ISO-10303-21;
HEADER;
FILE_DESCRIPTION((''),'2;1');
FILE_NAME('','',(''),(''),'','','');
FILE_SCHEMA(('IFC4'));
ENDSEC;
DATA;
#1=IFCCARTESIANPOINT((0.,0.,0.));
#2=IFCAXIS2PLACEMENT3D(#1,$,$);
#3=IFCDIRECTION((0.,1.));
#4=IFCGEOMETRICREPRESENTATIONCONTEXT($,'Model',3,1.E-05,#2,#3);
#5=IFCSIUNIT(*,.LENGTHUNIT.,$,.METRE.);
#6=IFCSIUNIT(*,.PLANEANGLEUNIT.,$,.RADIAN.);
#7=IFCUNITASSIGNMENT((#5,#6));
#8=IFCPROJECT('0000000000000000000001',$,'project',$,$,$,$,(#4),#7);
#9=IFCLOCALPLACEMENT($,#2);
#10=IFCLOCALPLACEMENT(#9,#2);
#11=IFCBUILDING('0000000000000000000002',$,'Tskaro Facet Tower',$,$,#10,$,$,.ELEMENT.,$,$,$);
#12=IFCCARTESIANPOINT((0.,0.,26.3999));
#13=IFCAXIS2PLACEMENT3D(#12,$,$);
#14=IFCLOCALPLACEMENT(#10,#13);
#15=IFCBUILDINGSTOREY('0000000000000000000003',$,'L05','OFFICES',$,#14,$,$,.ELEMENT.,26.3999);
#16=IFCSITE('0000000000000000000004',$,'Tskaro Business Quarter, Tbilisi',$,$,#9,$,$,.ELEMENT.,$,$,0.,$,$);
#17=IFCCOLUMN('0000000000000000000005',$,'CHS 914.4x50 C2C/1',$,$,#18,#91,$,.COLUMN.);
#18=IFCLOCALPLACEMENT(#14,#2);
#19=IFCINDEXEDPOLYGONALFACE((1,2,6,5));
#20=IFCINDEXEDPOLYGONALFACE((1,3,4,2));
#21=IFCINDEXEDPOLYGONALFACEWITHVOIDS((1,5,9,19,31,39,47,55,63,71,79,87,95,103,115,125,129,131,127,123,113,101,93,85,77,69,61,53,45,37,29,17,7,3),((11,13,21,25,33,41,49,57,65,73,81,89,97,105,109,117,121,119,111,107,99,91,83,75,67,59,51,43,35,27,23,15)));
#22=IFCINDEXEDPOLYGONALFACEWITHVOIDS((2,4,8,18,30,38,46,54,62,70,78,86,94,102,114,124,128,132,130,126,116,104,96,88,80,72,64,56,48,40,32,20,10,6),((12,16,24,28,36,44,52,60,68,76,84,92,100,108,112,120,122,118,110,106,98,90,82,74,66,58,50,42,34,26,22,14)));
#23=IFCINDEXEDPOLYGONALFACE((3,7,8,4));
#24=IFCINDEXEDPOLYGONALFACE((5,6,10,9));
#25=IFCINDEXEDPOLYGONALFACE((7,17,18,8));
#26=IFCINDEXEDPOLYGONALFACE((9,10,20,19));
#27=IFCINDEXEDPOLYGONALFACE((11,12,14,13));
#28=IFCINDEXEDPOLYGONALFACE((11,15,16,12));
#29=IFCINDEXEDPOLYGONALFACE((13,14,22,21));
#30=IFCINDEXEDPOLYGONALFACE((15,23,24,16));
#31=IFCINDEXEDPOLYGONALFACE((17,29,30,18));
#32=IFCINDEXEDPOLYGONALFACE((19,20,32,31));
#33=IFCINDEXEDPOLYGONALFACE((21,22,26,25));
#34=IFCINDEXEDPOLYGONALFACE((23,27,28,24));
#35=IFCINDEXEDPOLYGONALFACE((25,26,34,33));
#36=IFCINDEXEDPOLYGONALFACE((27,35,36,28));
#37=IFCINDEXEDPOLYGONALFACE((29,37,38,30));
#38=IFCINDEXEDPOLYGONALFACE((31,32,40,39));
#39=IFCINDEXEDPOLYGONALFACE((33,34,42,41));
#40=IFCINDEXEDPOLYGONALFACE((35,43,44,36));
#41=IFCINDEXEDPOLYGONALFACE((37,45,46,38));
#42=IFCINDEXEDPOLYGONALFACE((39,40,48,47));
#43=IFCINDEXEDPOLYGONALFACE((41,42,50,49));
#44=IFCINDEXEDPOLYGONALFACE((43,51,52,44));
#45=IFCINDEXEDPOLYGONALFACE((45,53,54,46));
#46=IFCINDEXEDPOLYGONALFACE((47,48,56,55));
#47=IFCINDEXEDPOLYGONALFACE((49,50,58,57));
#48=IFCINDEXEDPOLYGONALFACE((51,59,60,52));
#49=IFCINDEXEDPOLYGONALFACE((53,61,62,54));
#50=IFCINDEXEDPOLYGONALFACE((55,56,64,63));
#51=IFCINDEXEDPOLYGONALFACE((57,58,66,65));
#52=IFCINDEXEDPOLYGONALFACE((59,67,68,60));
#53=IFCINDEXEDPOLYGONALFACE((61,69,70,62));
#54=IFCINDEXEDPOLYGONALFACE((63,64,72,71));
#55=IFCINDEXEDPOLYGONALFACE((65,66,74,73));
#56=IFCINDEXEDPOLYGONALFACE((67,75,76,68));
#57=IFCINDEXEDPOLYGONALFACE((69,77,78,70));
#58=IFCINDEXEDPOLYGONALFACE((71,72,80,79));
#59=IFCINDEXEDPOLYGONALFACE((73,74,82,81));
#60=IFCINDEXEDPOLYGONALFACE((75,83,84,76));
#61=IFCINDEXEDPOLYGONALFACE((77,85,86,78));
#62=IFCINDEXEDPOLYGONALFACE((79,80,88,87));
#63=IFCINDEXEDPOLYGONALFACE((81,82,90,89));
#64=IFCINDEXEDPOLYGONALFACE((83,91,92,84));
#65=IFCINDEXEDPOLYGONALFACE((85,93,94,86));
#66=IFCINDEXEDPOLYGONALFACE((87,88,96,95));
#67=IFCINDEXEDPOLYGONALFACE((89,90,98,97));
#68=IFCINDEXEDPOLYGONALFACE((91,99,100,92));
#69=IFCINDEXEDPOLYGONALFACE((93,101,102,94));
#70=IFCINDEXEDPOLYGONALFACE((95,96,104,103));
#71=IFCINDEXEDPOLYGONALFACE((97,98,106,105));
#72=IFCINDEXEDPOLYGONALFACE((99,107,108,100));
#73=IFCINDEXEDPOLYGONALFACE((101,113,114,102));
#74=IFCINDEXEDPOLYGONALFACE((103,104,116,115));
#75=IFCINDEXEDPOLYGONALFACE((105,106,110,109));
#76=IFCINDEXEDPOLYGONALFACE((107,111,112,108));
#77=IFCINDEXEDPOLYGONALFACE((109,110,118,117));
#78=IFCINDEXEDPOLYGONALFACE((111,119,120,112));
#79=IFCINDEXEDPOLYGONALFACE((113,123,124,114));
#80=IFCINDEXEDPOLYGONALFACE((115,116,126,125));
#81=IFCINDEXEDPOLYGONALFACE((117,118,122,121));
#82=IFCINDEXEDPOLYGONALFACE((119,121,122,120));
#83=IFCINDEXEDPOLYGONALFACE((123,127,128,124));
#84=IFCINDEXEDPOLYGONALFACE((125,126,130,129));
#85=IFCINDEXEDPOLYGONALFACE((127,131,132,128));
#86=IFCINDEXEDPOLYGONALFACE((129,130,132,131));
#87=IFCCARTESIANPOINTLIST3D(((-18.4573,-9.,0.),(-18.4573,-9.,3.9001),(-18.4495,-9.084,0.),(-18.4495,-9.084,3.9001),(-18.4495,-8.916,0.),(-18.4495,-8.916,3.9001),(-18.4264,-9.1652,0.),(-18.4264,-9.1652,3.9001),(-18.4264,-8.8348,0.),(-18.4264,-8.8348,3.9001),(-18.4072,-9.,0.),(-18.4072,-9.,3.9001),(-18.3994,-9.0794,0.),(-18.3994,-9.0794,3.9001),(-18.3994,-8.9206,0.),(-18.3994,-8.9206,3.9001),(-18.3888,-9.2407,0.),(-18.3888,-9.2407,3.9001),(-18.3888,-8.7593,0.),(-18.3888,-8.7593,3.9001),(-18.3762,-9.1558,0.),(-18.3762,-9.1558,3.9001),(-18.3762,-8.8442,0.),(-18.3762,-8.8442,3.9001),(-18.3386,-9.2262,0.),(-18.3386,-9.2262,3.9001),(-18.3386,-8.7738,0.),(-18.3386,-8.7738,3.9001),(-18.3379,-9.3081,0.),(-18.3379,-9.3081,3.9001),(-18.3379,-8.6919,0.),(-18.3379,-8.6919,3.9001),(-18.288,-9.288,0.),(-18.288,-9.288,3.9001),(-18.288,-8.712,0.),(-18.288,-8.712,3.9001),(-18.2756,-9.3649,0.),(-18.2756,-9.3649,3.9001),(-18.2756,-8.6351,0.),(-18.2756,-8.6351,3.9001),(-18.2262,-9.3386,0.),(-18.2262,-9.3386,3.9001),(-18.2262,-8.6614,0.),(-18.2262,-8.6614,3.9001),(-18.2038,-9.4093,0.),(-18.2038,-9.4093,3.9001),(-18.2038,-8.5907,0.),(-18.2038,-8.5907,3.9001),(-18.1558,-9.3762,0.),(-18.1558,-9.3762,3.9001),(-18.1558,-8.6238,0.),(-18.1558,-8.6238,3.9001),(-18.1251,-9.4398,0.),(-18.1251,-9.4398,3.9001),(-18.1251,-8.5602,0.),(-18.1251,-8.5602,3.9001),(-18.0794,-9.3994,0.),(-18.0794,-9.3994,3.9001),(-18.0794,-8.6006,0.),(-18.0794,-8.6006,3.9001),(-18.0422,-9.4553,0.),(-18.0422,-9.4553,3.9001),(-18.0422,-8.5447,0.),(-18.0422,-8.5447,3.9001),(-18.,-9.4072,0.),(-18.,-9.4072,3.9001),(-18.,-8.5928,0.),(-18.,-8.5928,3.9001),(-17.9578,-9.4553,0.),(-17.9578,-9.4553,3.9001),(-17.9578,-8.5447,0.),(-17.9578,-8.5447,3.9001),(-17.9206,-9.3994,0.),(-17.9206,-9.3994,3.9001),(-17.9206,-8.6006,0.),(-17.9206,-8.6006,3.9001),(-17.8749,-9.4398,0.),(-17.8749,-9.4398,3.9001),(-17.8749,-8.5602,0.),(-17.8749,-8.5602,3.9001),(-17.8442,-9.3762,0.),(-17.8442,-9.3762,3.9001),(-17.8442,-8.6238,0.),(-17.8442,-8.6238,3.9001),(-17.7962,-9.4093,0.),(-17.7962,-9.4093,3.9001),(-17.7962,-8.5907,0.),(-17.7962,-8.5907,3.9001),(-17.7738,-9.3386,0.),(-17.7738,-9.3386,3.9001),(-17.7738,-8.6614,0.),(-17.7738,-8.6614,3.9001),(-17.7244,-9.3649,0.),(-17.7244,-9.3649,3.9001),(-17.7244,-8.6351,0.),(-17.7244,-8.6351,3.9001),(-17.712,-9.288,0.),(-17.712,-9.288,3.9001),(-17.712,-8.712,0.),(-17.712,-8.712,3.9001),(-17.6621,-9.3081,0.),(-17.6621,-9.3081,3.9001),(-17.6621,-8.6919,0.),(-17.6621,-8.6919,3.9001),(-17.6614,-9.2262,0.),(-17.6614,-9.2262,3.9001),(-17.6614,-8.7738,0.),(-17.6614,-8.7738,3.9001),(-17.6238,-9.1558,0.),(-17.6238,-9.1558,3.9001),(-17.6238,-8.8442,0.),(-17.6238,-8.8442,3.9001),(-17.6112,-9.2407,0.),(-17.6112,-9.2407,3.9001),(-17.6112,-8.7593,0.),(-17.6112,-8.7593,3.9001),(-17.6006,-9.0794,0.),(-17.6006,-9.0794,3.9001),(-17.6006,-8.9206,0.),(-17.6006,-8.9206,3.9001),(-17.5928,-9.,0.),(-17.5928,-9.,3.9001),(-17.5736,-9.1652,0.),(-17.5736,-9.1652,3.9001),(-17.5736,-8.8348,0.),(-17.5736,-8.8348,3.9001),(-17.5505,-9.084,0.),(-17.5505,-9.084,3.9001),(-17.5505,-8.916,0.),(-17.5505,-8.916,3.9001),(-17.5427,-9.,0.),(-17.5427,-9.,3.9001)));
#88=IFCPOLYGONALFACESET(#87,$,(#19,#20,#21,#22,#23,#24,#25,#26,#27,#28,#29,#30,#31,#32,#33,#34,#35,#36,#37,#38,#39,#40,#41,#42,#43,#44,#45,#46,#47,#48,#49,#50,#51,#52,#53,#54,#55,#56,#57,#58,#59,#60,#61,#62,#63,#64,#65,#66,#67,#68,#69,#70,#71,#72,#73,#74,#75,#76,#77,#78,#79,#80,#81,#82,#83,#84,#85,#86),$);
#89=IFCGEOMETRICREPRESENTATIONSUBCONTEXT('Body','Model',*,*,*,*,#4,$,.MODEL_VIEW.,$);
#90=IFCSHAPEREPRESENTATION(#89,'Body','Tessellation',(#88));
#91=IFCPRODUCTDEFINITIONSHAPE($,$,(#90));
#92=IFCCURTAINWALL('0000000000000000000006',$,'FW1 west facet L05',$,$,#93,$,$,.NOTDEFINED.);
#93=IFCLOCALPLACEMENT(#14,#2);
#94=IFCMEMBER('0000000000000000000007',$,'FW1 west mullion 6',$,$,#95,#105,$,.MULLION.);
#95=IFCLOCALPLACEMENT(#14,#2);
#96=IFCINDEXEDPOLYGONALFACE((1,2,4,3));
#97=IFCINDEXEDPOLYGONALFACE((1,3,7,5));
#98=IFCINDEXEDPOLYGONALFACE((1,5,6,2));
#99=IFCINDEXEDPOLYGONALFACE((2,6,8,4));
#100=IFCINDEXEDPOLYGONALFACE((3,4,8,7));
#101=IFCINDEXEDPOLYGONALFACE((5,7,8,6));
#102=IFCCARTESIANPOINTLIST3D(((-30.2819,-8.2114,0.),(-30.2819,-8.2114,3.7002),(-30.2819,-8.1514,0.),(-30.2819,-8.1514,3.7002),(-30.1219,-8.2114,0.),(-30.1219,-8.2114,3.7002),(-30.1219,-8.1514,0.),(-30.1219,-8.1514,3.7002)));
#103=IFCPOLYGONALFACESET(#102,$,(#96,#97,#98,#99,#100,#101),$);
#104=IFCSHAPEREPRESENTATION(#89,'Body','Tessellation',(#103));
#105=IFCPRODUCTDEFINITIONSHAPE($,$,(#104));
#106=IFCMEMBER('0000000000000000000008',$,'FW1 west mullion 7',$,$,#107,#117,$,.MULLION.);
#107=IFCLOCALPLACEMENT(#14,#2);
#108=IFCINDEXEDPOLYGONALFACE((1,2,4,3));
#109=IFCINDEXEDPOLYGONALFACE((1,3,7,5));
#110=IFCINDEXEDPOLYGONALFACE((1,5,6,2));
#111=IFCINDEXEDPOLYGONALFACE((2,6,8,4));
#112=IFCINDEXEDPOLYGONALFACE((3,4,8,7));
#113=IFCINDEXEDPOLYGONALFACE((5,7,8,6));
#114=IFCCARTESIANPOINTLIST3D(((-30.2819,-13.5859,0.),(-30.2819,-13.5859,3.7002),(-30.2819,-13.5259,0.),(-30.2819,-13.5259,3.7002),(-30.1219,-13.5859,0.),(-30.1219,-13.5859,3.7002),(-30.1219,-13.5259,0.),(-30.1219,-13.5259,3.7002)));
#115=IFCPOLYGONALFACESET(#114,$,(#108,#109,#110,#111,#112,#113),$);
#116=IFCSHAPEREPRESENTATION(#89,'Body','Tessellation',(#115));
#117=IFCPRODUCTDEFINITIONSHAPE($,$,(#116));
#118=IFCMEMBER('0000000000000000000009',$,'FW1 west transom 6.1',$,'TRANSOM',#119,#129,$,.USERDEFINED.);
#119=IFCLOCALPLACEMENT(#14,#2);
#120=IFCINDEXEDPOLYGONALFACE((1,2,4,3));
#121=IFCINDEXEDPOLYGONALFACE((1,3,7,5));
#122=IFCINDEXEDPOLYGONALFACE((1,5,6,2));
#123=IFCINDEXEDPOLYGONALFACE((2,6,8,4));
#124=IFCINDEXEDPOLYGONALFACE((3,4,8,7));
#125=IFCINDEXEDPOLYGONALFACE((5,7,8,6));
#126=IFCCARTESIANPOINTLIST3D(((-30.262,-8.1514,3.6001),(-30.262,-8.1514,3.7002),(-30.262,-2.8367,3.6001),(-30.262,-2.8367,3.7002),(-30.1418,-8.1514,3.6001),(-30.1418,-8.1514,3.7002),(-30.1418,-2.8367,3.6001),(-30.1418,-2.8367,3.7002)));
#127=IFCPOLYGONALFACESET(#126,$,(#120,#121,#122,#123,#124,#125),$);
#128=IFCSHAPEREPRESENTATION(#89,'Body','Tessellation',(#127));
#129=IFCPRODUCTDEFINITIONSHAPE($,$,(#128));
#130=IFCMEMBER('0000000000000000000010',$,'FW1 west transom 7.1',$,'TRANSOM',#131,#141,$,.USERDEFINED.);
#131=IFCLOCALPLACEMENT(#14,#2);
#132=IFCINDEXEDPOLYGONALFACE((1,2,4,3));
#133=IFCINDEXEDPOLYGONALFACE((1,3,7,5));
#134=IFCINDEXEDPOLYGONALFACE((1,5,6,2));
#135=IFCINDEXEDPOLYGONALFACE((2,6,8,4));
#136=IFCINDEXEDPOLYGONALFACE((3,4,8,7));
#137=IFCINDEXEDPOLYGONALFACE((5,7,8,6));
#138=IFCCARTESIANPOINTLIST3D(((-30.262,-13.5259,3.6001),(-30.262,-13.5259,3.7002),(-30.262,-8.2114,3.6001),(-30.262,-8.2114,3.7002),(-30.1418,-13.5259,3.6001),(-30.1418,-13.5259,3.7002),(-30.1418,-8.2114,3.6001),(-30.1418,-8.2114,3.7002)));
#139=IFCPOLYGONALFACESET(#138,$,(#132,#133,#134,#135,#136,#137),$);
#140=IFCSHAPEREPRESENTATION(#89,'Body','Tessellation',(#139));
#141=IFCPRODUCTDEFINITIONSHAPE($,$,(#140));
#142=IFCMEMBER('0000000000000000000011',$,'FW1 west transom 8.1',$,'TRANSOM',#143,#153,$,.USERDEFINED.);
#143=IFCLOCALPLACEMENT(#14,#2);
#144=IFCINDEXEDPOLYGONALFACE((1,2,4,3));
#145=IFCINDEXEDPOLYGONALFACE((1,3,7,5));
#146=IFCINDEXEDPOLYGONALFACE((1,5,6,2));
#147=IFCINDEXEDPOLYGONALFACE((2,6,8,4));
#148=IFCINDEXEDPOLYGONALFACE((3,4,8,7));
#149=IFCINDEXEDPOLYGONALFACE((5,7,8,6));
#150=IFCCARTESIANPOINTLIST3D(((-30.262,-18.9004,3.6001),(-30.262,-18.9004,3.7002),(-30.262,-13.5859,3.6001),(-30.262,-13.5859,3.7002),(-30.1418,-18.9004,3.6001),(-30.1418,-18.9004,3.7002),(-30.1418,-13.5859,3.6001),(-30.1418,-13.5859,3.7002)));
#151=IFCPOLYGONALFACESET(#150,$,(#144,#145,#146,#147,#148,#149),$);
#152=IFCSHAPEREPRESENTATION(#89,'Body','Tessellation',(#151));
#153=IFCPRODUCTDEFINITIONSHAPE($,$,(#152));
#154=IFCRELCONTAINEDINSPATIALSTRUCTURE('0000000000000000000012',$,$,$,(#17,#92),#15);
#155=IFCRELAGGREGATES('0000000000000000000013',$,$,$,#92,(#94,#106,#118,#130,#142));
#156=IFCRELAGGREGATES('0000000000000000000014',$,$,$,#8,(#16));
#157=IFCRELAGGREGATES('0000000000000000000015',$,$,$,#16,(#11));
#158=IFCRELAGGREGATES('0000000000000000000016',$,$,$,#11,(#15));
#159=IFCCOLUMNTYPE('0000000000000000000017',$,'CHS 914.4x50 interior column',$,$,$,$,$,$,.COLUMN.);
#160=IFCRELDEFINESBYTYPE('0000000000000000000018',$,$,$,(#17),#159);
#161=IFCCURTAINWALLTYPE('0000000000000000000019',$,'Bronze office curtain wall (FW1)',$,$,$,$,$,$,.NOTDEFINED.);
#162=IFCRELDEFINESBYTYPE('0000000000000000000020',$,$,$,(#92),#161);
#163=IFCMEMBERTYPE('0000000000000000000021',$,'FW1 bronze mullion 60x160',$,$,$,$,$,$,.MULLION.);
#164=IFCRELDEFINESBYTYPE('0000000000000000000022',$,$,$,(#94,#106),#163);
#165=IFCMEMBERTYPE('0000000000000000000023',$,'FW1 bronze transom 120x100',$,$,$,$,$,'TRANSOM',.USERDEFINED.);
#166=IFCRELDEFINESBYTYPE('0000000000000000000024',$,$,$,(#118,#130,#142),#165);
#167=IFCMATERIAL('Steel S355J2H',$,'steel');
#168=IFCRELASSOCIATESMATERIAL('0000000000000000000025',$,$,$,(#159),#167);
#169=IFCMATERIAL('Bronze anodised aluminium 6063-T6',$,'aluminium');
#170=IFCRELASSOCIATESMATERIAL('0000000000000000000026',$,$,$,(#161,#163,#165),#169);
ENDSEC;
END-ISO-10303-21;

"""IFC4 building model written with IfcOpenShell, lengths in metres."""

from ifc_helpers import new_model, si_unit, direction, frame, origin, origin_2d, place, context, subcontext, project, spatial, rectangle, hollow_circle, extrude, material, material_profile, profile_set, type_object, element, aggregate, save


model = new_model("IFC4")

# Units and contexts
model_context = context("Model", 3, precision=1e-05, world=origin(), true_north=direction((0.0, 1.0)))
body_context = subcontext(model_context, "Body", "Model", "MODEL_VIEW")
ifc_project = project(units=[si_unit("LENGTHUNIT", "METRE"), si_unit("PLANEANGLEUNIT", "RADIAN")], contexts=[model_context])

# Site, building, storey
site_placement = place(None, origin())
site = spatial("IfcSite", under=ifc_project, at=site_placement, Name="Tskaro Business Quarter, Tbilisi", CompositionType="ELEMENT", RefElevation=0.0)
building_placement = place(site_placement, origin())
building = spatial("IfcBuilding", under=site, at=building_placement, Name="Tskaro Facet Tower", CompositionType="ELEMENT")
storey_placement = place(building_placement, frame((0.0, 0.0, 26.3999)))
storey = spatial("IfcBuildingStorey", under=building, at=storey_placement, Name="L05", Description="OFFICES", CompositionType="ELEMENT", Elevation=26.3999)

# Column
ifc_material_1 = material(Name="Steel S355J2H", Category="steel")
ifc_material_profile_1 = material_profile(ifc_material_1, hollow_circle(Radius=0.4573, WallThickness=0.05, at=origin_2d()), Name="CHS 914.4x50")
ifc_profile_set_1 = profile_set([ifc_material_profile_1], Name="Steel S355J2H")
column_type_1 = type_object("IfcColumnType", Name="CHS 914.4x50 interior column", PredefinedType="COLUMN", material=ifc_profile_set_1)
column_placement = place(storey_placement, frame((-18.0, -9.0, 0.0), z_axis=(0.0, 0.0, 1.0), x_axis=(1.0, 0.0, 0.0)))
element("IfcColumn", 1, at=column_placement, inside=storey, type_object=column_type_1, Name="CHS 914.4x50 C2C/1", PredefinedType="COLUMN", context=body_context, shape_type="SweptSolid", body=[
    extrude(hollow_circle(Radius=0.4573, WallThickness=0.05, at=origin_2d()), origin(), (0.0, 0.0, 1.0), 3.9001),
])

# Curtain wall, members
ifc_material_2 = material(Name="Bronze anodised aluminium 6063-T6", Category="aluminium")
curtain_wall_type = type_object("IfcCurtainWallType", Name="Bronze office curtain wall (FW1)", PredefinedType="NOTDEFINED", material=ifc_material_2)
curtain_wall_placement = place(storey_placement, origin())
curtain_wall = element("IfcCurtainWall", 2, at=curtain_wall_placement, inside=storey, type_object=curtain_wall_type, Name="FW1 west facet L05", PredefinedType="NOTDEFINED")
ifc_material_profile_2 = material_profile(ifc_material_2, rectangle(XDim=0.0601, YDim=0.1599, at=origin_2d()), Name="Mullion 60x160")
ifc_profile_set_2 = profile_set([ifc_material_profile_2], Name="Bronze anodised aluminium 6063-T6")
member_type_1 = type_object("IfcMemberType", Name="FW1 bronze mullion 60x160", PredefinedType="MULLION", material=ifc_profile_set_2)
member_1_placement = place(storey_placement, frame((-30.2019, -8.1814, 0.0), z_axis=(0.0, 0.0, 1.0), x_axis=(0.0, -1.0, 0.0)))
member_1 = element("IfcMember", 3, at=member_1_placement, type_object=member_type_1, Name="FW1 west mullion 6", PredefinedType="MULLION", context=body_context, shape_type="SweptSolid", body=[
    extrude(rectangle(XDim=0.0601, YDim=0.1599, at=origin_2d()), origin(), (0.0, 0.0, 1.0), 3.7002),
])
member_2_placement = place(storey_placement, frame((-30.2019, -13.5559, 0.0), z_axis=(0.0, 0.0, 1.0), x_axis=(0.0, -1.0, 0.0)))
member_2 = element("IfcMember", 4, at=member_2_placement, type_object=member_type_1, Name="FW1 west mullion 7", PredefinedType="MULLION", context=body_context, shape_type="SweptSolid", body=[
    extrude(rectangle(XDim=0.0601, YDim=0.1599, at=origin_2d()), origin(), (0.0, 0.0, 1.0), 3.7002),
])
ifc_material_profile_3 = material_profile(ifc_material_2, rectangle(XDim=0.1201, YDim=0.1001, at=origin_2d()), Name="Transom 120x100")
ifc_profile_set_3 = profile_set([ifc_material_profile_3], Name="Bronze anodised aluminium 6063-T6")
member_type_2 = type_object("IfcMemberType", Name="FW1 bronze transom 120x100", ElementType="TRANSOM", PredefinedType="USERDEFINED", material=ifc_profile_set_3)
member_3_placement = place(storey_placement, frame((-30.2019, -2.8367, 3.6501), z_axis=(0.0, -1.0, 0.0), x_axis=(1.0, 0.0, 0.0)))
member_3 = element("IfcMember", 5, at=member_3_placement, type_object=member_type_2, Name="FW1 west transom 6.1", ObjectType="TRANSOM", PredefinedType="USERDEFINED", context=body_context, shape_type="SweptSolid", body=[
    extrude(rectangle(XDim=0.1201, YDim=0.1001, at=origin_2d()), origin(), (0.0, 0.0, 1.0), 5.3147),
])
member_4_placement = place(storey_placement, frame((-30.2019, -8.2114, 3.6501), z_axis=(0.0, -1.0, 0.0), x_axis=(1.0, 0.0, 0.0)))
member_4 = element("IfcMember", 6, at=member_4_placement, type_object=member_type_2, Name="FW1 west transom 7.1", ObjectType="TRANSOM", PredefinedType="USERDEFINED", context=body_context, shape_type="SweptSolid", body=[
    extrude(rectangle(XDim=0.1201, YDim=0.1001, at=origin_2d()), origin(), (0.0, 0.0, 1.0), 5.3145),
])
member_5_placement = place(storey_placement, frame((-30.2019, -13.5859, 3.6501), z_axis=(0.0, -1.0, 0.0), x_axis=(1.0, 0.0, 0.0)))
member_5 = element("IfcMember", 7, at=member_5_placement, type_object=member_type_2, Name="FW1 west transom 8.1", ObjectType="TRANSOM", PredefinedType="USERDEFINED", context=body_context, shape_type="SweptSolid", body=[
    extrude(rectangle(XDim=0.1201, YDim=0.1001, at=origin_2d()), origin(), (0.0, 0.0, 1.0), 5.3145),
])

aggregate(curtain_wall, [member_1, member_2, member_3, member_4, member_5])

save(model, "model.ifc")
